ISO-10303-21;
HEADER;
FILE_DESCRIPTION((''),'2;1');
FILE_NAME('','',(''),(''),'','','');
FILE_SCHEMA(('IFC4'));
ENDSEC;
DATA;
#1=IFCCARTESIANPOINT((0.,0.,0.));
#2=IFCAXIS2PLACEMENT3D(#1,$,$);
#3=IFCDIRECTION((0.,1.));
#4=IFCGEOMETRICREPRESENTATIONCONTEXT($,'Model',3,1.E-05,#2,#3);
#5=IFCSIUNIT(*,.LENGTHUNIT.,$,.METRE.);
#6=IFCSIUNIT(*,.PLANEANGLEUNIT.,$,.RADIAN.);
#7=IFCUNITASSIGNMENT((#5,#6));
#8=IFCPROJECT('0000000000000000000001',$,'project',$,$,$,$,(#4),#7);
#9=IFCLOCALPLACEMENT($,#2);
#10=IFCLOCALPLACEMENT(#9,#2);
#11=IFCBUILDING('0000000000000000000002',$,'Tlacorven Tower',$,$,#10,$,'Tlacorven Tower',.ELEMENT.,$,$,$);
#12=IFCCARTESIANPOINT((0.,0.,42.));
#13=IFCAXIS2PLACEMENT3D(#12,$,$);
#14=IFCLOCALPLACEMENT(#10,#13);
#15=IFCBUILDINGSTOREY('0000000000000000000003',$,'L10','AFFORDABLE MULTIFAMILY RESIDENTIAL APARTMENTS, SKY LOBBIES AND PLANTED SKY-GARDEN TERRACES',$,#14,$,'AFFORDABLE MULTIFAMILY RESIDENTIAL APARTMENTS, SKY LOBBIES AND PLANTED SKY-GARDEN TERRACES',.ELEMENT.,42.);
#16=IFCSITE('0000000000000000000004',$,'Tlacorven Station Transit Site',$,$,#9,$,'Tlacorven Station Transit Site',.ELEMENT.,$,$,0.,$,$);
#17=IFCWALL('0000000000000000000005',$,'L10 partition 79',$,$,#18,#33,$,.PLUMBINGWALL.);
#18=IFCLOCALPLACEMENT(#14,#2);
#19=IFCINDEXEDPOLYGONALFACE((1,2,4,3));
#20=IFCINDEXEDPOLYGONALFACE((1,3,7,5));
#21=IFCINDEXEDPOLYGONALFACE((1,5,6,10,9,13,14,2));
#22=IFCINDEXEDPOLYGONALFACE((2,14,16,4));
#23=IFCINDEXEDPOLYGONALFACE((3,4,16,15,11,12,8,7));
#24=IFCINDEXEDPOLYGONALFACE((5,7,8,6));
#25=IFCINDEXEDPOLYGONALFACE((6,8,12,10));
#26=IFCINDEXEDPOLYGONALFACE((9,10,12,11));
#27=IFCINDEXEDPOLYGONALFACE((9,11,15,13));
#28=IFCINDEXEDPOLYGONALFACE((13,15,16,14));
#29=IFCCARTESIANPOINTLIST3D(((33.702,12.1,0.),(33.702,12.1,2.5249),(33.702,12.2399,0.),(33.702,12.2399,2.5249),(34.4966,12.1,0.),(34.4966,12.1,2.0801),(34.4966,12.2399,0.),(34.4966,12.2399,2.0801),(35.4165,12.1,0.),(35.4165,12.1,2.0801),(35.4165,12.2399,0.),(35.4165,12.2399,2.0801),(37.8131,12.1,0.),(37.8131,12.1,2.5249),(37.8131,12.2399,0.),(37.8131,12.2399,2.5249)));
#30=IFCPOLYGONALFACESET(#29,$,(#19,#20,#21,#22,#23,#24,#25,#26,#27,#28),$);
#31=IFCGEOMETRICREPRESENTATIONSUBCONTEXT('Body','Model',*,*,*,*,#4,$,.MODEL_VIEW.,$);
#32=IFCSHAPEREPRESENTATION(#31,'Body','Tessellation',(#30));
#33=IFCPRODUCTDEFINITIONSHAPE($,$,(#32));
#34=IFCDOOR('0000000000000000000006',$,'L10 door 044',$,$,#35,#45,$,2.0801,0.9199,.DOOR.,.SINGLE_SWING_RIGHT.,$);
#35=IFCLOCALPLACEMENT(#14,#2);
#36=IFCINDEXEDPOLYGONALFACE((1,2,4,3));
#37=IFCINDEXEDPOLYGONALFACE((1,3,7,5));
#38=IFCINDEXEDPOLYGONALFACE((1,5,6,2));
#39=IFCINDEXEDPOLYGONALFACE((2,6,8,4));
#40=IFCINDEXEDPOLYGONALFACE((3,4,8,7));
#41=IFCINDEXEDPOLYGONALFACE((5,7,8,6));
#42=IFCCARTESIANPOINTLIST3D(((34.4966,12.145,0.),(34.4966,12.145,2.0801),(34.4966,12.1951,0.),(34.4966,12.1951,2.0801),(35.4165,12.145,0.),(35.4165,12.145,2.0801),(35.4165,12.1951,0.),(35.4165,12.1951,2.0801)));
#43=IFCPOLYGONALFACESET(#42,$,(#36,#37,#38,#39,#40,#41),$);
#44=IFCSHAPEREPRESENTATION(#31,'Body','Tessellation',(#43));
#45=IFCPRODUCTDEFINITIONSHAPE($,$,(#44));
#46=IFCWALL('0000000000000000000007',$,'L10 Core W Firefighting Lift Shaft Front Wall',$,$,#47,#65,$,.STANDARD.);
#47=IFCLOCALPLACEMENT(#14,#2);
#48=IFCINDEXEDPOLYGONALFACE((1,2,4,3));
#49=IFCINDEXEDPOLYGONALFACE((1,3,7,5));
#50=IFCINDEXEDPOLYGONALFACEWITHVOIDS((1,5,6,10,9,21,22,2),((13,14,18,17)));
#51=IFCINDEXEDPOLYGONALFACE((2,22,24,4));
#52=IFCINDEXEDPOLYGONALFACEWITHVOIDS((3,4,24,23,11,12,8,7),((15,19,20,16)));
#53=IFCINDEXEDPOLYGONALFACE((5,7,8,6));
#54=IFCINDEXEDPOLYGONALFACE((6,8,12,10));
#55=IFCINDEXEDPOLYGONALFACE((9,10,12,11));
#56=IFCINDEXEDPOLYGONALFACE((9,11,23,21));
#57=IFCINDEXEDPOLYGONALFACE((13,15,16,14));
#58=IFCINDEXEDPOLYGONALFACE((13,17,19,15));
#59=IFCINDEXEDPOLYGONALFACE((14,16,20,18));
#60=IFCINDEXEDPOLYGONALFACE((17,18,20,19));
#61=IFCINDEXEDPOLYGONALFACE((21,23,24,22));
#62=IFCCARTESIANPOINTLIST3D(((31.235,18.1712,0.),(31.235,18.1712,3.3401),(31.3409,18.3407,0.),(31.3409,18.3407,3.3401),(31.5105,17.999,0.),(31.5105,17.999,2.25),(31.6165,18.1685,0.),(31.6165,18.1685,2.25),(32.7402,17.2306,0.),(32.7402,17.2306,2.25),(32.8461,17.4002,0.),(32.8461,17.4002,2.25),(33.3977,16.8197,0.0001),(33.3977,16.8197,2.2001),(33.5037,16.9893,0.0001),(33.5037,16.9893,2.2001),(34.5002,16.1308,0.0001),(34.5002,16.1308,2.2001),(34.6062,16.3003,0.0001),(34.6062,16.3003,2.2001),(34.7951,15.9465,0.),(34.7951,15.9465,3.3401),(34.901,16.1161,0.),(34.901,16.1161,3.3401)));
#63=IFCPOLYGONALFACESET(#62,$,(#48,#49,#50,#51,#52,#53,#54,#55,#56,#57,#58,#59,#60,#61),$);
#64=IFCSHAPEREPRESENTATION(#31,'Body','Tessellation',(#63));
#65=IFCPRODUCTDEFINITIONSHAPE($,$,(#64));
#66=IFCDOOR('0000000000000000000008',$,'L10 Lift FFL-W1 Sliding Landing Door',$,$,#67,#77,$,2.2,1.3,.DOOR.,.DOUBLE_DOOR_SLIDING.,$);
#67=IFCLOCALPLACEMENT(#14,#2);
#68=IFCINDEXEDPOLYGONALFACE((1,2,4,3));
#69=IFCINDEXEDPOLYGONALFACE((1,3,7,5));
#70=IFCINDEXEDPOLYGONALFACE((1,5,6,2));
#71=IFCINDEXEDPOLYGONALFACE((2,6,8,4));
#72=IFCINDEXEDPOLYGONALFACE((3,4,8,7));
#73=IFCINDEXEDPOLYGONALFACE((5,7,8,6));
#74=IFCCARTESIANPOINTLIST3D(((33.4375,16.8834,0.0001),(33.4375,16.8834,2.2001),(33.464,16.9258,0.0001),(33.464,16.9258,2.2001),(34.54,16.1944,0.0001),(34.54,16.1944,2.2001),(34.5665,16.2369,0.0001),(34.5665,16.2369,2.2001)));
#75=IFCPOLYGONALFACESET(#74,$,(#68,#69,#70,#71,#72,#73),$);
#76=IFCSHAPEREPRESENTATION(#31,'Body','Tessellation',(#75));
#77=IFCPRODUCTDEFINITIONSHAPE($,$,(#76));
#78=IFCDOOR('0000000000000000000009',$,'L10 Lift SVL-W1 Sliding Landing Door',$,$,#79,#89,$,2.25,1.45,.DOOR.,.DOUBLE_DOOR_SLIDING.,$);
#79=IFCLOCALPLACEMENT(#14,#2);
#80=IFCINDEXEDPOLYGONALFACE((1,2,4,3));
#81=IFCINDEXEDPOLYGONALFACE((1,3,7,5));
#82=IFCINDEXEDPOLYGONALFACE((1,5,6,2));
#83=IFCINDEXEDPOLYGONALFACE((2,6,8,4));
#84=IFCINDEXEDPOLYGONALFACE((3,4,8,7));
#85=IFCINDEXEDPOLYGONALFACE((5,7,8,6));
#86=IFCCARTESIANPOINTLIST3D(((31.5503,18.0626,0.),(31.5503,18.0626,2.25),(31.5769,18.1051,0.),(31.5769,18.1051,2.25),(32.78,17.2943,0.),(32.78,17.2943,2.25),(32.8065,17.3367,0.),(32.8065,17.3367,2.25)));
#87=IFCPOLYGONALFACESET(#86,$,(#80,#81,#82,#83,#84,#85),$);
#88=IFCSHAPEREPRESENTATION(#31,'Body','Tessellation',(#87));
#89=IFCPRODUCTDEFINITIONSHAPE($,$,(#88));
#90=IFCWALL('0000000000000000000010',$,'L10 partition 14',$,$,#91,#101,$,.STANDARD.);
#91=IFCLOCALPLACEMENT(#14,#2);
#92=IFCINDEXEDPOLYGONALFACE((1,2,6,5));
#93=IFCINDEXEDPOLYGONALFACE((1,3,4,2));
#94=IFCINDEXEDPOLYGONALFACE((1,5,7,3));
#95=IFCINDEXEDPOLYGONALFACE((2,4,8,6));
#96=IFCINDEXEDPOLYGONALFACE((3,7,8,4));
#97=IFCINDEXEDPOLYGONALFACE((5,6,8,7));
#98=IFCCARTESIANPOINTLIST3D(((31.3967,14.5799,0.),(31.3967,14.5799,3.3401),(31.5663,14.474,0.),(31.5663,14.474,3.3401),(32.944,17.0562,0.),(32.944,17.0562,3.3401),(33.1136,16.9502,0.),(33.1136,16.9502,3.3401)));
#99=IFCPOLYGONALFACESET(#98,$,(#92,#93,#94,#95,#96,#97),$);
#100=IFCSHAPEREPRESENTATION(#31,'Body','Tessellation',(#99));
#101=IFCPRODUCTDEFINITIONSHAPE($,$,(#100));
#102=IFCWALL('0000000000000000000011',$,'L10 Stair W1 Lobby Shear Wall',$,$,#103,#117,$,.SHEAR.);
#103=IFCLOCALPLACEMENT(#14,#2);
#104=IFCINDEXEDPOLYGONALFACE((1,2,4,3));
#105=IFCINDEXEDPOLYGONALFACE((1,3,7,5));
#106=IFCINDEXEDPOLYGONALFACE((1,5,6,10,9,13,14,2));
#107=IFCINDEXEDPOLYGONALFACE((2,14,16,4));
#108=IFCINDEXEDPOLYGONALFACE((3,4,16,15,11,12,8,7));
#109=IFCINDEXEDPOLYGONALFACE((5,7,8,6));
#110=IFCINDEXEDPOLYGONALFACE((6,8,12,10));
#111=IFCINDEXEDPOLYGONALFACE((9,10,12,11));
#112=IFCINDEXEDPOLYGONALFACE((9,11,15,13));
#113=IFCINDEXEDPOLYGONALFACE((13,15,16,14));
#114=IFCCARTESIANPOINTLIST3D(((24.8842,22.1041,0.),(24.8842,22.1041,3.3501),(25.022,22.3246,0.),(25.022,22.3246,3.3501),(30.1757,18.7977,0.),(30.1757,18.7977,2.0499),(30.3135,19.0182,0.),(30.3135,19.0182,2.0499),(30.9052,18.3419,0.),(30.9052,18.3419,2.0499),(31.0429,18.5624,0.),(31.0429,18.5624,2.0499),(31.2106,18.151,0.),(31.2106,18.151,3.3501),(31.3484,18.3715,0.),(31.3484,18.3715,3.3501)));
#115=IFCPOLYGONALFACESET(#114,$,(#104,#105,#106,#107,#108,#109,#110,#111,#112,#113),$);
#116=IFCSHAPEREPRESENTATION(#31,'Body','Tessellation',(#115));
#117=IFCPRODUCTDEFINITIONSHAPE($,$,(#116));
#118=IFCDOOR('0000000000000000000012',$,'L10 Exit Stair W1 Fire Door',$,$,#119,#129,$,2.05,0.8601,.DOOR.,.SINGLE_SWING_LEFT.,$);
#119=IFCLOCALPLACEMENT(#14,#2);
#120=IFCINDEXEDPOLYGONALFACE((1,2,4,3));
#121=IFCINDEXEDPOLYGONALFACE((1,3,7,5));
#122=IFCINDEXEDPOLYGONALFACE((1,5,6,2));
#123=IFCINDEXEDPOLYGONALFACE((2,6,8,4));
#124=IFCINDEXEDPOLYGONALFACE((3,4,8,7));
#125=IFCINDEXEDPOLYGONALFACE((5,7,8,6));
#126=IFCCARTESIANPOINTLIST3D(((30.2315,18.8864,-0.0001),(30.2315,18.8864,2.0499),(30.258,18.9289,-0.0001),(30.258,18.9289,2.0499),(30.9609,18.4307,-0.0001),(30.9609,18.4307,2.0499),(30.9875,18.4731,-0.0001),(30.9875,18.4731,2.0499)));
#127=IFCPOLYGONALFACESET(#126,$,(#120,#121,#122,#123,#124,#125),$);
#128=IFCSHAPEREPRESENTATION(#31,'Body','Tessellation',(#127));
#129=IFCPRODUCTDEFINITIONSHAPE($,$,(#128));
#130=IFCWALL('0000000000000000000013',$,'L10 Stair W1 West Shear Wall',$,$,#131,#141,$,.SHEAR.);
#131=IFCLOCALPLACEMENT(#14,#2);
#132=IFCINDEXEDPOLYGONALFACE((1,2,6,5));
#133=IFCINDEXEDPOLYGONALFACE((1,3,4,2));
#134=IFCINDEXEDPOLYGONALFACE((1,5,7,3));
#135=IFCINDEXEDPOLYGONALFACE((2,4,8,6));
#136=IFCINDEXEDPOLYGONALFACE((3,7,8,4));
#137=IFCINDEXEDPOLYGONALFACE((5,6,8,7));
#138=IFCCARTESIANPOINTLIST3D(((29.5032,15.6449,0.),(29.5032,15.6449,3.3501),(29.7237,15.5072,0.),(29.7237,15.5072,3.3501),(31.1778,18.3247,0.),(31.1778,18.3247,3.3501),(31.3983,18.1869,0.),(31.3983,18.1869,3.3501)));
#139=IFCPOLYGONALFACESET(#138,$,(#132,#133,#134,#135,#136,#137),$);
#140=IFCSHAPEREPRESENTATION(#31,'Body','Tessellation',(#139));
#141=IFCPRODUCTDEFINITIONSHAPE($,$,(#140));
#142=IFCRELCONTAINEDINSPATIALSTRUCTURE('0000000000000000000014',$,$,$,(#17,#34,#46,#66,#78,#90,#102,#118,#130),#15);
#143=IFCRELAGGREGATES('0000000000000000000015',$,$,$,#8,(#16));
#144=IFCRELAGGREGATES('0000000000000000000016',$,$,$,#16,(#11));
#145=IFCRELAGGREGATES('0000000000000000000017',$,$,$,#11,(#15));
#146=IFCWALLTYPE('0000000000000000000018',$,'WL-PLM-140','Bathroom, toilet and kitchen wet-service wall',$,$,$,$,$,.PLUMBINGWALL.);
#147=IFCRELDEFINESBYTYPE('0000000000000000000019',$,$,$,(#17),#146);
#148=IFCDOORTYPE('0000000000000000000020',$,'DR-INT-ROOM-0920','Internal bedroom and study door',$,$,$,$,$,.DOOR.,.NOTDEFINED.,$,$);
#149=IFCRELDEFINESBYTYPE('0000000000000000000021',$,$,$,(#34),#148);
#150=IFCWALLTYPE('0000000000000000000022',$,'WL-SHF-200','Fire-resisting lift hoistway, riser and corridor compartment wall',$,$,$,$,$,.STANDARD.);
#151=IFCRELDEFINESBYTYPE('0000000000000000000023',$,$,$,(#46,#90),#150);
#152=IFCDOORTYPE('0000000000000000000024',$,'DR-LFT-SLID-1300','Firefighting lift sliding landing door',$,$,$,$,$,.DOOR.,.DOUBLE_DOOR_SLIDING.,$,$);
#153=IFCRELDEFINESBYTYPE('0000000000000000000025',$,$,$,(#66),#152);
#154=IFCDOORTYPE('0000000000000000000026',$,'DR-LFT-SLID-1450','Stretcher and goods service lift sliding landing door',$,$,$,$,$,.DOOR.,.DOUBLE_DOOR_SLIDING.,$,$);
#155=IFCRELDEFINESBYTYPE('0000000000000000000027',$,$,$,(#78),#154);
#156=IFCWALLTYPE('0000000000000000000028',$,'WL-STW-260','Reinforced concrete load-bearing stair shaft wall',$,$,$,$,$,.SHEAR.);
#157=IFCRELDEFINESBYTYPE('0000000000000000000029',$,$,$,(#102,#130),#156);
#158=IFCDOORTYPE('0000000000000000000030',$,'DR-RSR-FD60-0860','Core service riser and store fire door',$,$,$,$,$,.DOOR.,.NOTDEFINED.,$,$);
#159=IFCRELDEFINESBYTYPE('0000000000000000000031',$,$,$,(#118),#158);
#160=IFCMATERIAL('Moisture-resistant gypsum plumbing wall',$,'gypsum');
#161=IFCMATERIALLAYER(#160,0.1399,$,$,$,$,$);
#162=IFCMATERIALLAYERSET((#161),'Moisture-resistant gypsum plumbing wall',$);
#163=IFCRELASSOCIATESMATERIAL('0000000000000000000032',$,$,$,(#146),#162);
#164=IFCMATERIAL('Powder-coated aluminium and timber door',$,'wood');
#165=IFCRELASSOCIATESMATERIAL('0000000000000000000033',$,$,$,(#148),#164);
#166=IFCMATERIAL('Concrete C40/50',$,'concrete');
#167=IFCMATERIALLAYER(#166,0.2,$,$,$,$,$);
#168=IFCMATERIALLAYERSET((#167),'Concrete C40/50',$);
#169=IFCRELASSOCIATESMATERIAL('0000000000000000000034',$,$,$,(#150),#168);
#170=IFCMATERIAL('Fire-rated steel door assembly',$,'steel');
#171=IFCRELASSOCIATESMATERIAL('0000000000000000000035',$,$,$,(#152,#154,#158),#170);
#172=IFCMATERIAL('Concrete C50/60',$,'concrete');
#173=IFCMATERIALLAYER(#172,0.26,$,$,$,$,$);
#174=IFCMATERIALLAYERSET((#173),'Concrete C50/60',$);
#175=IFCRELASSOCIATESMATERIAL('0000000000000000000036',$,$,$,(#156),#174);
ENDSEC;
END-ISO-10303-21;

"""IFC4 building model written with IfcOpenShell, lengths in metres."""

from ifc_helpers import new_model, si_unit, direction, frame, frame_2d, origin, place, context, subcontext, project, spatial, rectangle, extrude, source, transform, mapped, material, layer, layer_set, type_object, element, fill, save


model = new_model("IFC4")

# Units and contexts
model_context = context("Model", 3, precision=1e-05, world=origin(), true_north=direction((0.0, 1.0)))
body_context = subcontext(model_context, "Body", "Model", "MODEL_VIEW")
ifc_project = project(units=[si_unit("LENGTHUNIT", "METRE"), si_unit("PLANEANGLEUNIT", "RADIAN")], contexts=[model_context])

# Site, building, storey
site_placement = place(None, origin())
site = spatial("IfcSite", under=ifc_project, at=site_placement, Name="Tlacorven Station Transit Site", LongName="Tlacorven Station Transit Site", CompositionType="ELEMENT", RefElevation=0.0)
building_placement = place(site_placement, origin())
building = spatial("IfcBuilding", under=site, at=building_placement, Name="Tlacorven Tower", LongName="Tlacorven Tower", CompositionType="ELEMENT")
storey_placement = place(building_placement, frame((0.0, 0.0, 42.0)))
storey = spatial("IfcBuildingStorey", under=building, at=storey_placement, Name="L10", Description="AFFORDABLE MULTIFAMILY RESIDENTIAL APARTMENTS, SKY LOBBIES AND PLANTED SKY-GARDEN TERRACES", LongName="AFFORDABLE MULTIFAMILY RESIDENTIAL APARTMENTS, SKY LOBBIES AND PLANTED SKY-GARDEN TERRACES", CompositionType="ELEMENT", Elevation=42.0)

# Shared definitions
ifc_material_1 = material(Name="Fire-rated steel door assembly", Category="steel")

# Shared definitions
ifc_material_2 = material(Name="Moisture-resistant gypsum plumbing wall", Category="gypsum")
ifc_layer_1 = layer(ifc_material_2, 0.1399)
ifc_layer_set_1 = layer_set([ifc_layer_1], Name="Moisture-resistant gypsum plumbing wall")
wall_type_1 = type_object("IfcWallType", Name="WL-PLM-140", Description="Bathroom, toilet and kitchen wet-service wall", PredefinedType="PLUMBINGWALL", material=ifc_layer_set_1)
ifc_material_3 = material(Name="Powder-coated aluminium and timber door", Category="wood")

# Wall, opening, door
wall_1_placement = place(storey_placement, frame((33.7019, 12.1699, 0.0), z_axis=(0.0, 0.0, 1.0), x_axis=(1.0, 0.0, 0.0)))
wall_1 = element("IfcWall", 1, at=wall_1_placement, inside=storey, type_object=wall_type_1, Name="L10 partition 79", PredefinedType="PLUMBINGWALL", context=body_context, shape_type="SweptSolid", body=[
    extrude(rectangle(XDim=4.1111, YDim=0.1399, at=frame_2d((2.0557, 0.0))), origin(), (0.0, 0.0, 1.0), 2.5249),
])
opening_1_placement = place(wall_1_placement, frame((0.7947, 0.0, 0.0)))
opening_1 = element("IfcOpeningElement", 2, at=opening_1_placement, cuts=wall_1, PredefinedType="OPENING", context=body_context, shape_type="SweptSolid", body=[
    extrude(rectangle(XDim=0.9199, YDim=2.0801, at=frame_2d((0.46, 1.04))), frame((0.0, 0.0801, 0.0), z_axis=(0.0, -1.0, 0.0), x_axis=(1.0, 0.0, 0.0)), (0.0, 0.0, 1.0), 0.1599),
])
door_type_1 = type_object("IfcDoorType", Name="DR-INT-ROOM-0920", Description="Internal bedroom and study door", OperationType="NOTDEFINED", PredefinedType="DOOR", material=ifc_material_3)
shared_shape_1 = source(origin(), body_context, "Body", "SweptSolid", [
    extrude(rectangle(XDim=0.9199, YDim=2.0801, at=frame_2d((0.46, 1.04))), frame((0.0, 0.0249, 0.0), z_axis=(0.0, -1.0, 0.0), x_axis=(1.0, 0.0, 0.0)), (0.0, 0.0, 1.0), 0.05),
])
door_1_placement = place(opening_1_placement, frame((0.9199, 0.0, 0.0), z_axis=(0.0, 0.0, 1.0), x_axis=(-1.0, 0.0, 0.0)))
door_1 = element("IfcDoor", 3, at=door_1_placement, inside=storey, type_object=door_type_1, Name="L10 door 044", OperationType="SINGLE_SWING_RIGHT", OverallHeight=2.0801, OverallWidth=0.9199, PredefinedType="DOOR", context=body_context, shape_type="MappedRepresentation", body=[
    mapped(shared_shape_1, transform((0.0, 0.0, 0.0), scale=1.0)),
])
fill(opening_1, door_1)

# Wall, openings, doors
ifc_material_4 = material(Name="Concrete C40/50", Category="concrete")
ifc_layer_2 = layer(ifc_material_4, 0.2)
ifc_layer_set_2 = layer_set([ifc_layer_2], Name="Concrete C40/50")
wall_type_2 = type_object("IfcWallType", Name="WL-SHF-200", Description="Fire-resisting lift hoistway, riser and corridor compartment wall", PredefinedType="STANDARD", material=ifc_layer_set_2)
wall_2_placement = place(storey_placement, frame((34.8481, 16.0312, 0.0), z_axis=(0.0, 0.0, 1.0), x_axis=(-0.848044, 0.529926, 0.0)))
wall_2 = element("IfcWall", 4, at=wall_2_placement, inside=storey, type_object=wall_type_2, Name="L10 Core W Firefighting Lift Shaft Front Wall", PredefinedType="STANDARD", context=body_context, shape_type="SweptSolid", body=[
    extrude(rectangle(XDim=4.198, YDim=0.2, at=frame_2d((2.0991, 0.0))), origin(), (0.0, 0.0, 1.0), 3.3401),
])
opening_2_placement = place(wall_2_placement, frame((0.3479, 0.0, 0.0)))
opening_2 = element("IfcOpeningElement", 5, at=opening_2_placement, cuts=wall_2, PredefinedType="OPENING", context=body_context, shape_type="SweptSolid", body=[
    extrude(rectangle(XDim=1.3, YDim=2.2, at=frame_2d((0.6499, 1.1001))), frame((0.0, 0.1099, 0.0), z_axis=(0.0, -1.0, 0.0), x_axis=(1.0, 0.0, 0.0)), (0.0, 0.0, 1.0), 0.22),
])
opening_3_placement = place(wall_2_placement, frame((2.4231, 0.0, 0.0)))
opening_3 = element("IfcOpeningElement", 6, at=opening_3_placement, cuts=wall_2, PredefinedType="OPENING", context=body_context, shape_type="SweptSolid", body=[
    extrude(rectangle(XDim=1.45, YDim=2.25, at=frame_2d((0.7251, 1.125))), frame((0.0, 0.1099, 0.0), z_axis=(0.0, -1.0, 0.0), x_axis=(1.0, 0.0, 0.0)), (0.0, 0.0, 1.0), 0.22),
])
door_type_2 = type_object("IfcDoorType", Name="DR-LFT-SLID-1300", Description="Firefighting lift sliding landing door", OperationType="DOUBLE_DOOR_SLIDING", PredefinedType="DOOR", material=ifc_material_1)
shared_shape_2 = source(origin(), body_context, "Body", "SweptSolid", [
    extrude(rectangle(XDim=1.3, YDim=2.2, at=frame_2d((0.6499, 1.1001))), frame((0.0, 0.0249, 0.0), z_axis=(0.0, -1.0, 0.0), x_axis=(1.0, 0.0, 0.0)), (0.0, 0.0, 1.0), 0.05),
])
door_2_placement = place(opening_2_placement, origin())
door_2 = element("IfcDoor", 7, at=door_2_placement, inside=storey, type_object=door_type_2, Name="L10 Lift FFL-W1 Sliding Landing Door", OperationType="DOUBLE_DOOR_SLIDING", OverallHeight=2.2, OverallWidth=1.3, PredefinedType="DOOR", context=body_context, shape_type="MappedRepresentation", body=[
    mapped(shared_shape_2, transform((0.0, 0.0, 0.0), scale=1.0)),
])
fill(opening_2, door_2)
door_type_3 = type_object("IfcDoorType", Name="DR-LFT-SLID-1450", Description="Stretcher and goods service lift sliding landing door", OperationType="DOUBLE_DOOR_SLIDING", PredefinedType="DOOR", material=ifc_material_1)
shared_shape_3 = source(origin(), body_context, "Body", "SweptSolid", [
    extrude(rectangle(XDim=1.45, YDim=2.25, at=frame_2d((0.7251, 1.125))), frame((0.0, 0.0249, 0.0), z_axis=(0.0, -1.0, 0.0), x_axis=(1.0, 0.0, 0.0)), (0.0, 0.0, 1.0), 0.05),
])
door_3_placement = place(opening_3_placement, origin())
door_3 = element("IfcDoor", 8, at=door_3_placement, inside=storey, type_object=door_type_3, Name="L10 Lift SVL-W1 Sliding Landing Door", OperationType="DOUBLE_DOOR_SLIDING", OverallHeight=2.25, OverallWidth=1.45, PredefinedType="DOOR", context=body_context, shape_type="MappedRepresentation", body=[
    mapped(shared_shape_3, transform((0.0, 0.0, 0.0), scale=1.0)),
])
fill(opening_3, door_3)

# Wall
wall_3_placement = place(storey_placement, frame((33.0288, 17.0032, 0.0), z_axis=(0.0, 0.0, 1.0), x_axis=(-0.529916, -0.84805, 0.0)))
element("IfcWall", 9, at=wall_3_placement, inside=storey, type_object=wall_type_2, Name="L10 partition 14", PredefinedType="STANDARD", context=body_context, shape_type="SweptSolid", body=[
    extrude(rectangle(XDim=2.9199, YDim=0.2, at=frame_2d((1.46, 0.0))), origin(), (0.0, 0.0, 1.0), 3.3401),
])

# Wall, opening, door
ifc_material_5 = material(Name="Concrete C50/60", Category="concrete")
ifc_layer_3 = layer(ifc_material_5, 0.26)
ifc_layer_set_3 = layer_set([ifc_layer_3], Name="Concrete C50/60")
wall_type_3 = type_object("IfcWallType", Name="WL-STW-260", Description="Reinforced concrete load-bearing stair shaft wall", PredefinedType="SHEAR", material=ifc_layer_set_3)
wall_4_placement = place(storey_placement, frame((31.2795, 18.2612, 0.0), z_axis=(0.0, 0.0, 1.0), x_axis=(-0.848052, 0.529914, 0.0)))
wall_4 = element("IfcWall", 10, at=wall_4_placement, inside=storey, type_object=wall_type_3, Name="L10 Stair W1 Lobby Shear Wall", PredefinedType="SHEAR", context=body_context, shape_type="SweptSolid", body=[
    extrude(rectangle(XDim=7.46, YDim=0.26, at=frame_2d((3.73, 0.0))), origin(), (0.0, 0.0, 1.0), 3.3501),
])
opening_4_placement = place(wall_4_placement, frame((0.3601, 0.0, 0.0)))
opening_4 = element("IfcOpeningElement", 11, at=opening_4_placement, cuts=wall_4, PredefinedType="OPENING", context=body_context, shape_type="SweptSolid", body=[
    extrude(rectangle(XDim=0.8601, YDim=2.05, at=frame_2d((0.4302, 1.0249))), frame((0.0, 0.1401, 0.0), z_axis=(0.0, -1.0, 0.0), x_axis=(1.0, 0.0, 0.0)), (0.0, 0.0, 1.0), 0.28),
])
door_type_4 = type_object("IfcDoorType", Name="DR-RSR-FD60-0860", Description="Core service riser and store fire door", OperationType="NOTDEFINED", PredefinedType="DOOR", material=ifc_material_1)
shared_shape_4 = source(origin(), body_context, "Body", "SweptSolid", [
    extrude(rectangle(XDim=0.8601, YDim=2.05, at=frame_2d((0.4302, 1.0249))), frame((0.0, 0.0249, 0.0), z_axis=(0.0, -1.0, 0.0), x_axis=(1.0, 0.0, 0.0)), (0.0, 0.0, 1.0), 0.05),
])
door_4_placement = place(opening_4_placement, frame((0.8601, 0.0, 0.0), z_axis=(0.0, 0.0, 1.0), x_axis=(-1.0, 0.0, 0.0)))
door_4 = element("IfcDoor", 12, at=door_4_placement, inside=storey, type_object=door_type_4, Name="L10 Exit Stair W1 Fire Door", OperationType="SINGLE_SWING_LEFT", OverallHeight=2.05, OverallWidth=0.8601, PredefinedType="DOOR", context=body_context, shape_type="MappedRepresentation", body=[
    mapped(shared_shape_4, transform((0.0, 0.0, 0.0), scale=1.0)),
])
fill(opening_4, door_4)

# Wall
wall_5_placement = place(storey_placement, frame((31.2881, 18.2559, 0.0), z_axis=(0.0, 0.0, 1.0), x_axis=(-0.529943, -0.848033, 0.0)))
element("IfcWall", 13, at=wall_5_placement, inside=storey, type_object=wall_type_3, Name="L10 Stair W1 West Shear Wall", PredefinedType="SHEAR", context=body_context, shape_type="SweptSolid", body=[
    extrude(rectangle(XDim=3.1599, YDim=0.26, at=frame_2d((1.5801, 0.0))), origin(), (0.0, 0.0, 1.0), 3.3501),
])

save(model, "model.ifc")
